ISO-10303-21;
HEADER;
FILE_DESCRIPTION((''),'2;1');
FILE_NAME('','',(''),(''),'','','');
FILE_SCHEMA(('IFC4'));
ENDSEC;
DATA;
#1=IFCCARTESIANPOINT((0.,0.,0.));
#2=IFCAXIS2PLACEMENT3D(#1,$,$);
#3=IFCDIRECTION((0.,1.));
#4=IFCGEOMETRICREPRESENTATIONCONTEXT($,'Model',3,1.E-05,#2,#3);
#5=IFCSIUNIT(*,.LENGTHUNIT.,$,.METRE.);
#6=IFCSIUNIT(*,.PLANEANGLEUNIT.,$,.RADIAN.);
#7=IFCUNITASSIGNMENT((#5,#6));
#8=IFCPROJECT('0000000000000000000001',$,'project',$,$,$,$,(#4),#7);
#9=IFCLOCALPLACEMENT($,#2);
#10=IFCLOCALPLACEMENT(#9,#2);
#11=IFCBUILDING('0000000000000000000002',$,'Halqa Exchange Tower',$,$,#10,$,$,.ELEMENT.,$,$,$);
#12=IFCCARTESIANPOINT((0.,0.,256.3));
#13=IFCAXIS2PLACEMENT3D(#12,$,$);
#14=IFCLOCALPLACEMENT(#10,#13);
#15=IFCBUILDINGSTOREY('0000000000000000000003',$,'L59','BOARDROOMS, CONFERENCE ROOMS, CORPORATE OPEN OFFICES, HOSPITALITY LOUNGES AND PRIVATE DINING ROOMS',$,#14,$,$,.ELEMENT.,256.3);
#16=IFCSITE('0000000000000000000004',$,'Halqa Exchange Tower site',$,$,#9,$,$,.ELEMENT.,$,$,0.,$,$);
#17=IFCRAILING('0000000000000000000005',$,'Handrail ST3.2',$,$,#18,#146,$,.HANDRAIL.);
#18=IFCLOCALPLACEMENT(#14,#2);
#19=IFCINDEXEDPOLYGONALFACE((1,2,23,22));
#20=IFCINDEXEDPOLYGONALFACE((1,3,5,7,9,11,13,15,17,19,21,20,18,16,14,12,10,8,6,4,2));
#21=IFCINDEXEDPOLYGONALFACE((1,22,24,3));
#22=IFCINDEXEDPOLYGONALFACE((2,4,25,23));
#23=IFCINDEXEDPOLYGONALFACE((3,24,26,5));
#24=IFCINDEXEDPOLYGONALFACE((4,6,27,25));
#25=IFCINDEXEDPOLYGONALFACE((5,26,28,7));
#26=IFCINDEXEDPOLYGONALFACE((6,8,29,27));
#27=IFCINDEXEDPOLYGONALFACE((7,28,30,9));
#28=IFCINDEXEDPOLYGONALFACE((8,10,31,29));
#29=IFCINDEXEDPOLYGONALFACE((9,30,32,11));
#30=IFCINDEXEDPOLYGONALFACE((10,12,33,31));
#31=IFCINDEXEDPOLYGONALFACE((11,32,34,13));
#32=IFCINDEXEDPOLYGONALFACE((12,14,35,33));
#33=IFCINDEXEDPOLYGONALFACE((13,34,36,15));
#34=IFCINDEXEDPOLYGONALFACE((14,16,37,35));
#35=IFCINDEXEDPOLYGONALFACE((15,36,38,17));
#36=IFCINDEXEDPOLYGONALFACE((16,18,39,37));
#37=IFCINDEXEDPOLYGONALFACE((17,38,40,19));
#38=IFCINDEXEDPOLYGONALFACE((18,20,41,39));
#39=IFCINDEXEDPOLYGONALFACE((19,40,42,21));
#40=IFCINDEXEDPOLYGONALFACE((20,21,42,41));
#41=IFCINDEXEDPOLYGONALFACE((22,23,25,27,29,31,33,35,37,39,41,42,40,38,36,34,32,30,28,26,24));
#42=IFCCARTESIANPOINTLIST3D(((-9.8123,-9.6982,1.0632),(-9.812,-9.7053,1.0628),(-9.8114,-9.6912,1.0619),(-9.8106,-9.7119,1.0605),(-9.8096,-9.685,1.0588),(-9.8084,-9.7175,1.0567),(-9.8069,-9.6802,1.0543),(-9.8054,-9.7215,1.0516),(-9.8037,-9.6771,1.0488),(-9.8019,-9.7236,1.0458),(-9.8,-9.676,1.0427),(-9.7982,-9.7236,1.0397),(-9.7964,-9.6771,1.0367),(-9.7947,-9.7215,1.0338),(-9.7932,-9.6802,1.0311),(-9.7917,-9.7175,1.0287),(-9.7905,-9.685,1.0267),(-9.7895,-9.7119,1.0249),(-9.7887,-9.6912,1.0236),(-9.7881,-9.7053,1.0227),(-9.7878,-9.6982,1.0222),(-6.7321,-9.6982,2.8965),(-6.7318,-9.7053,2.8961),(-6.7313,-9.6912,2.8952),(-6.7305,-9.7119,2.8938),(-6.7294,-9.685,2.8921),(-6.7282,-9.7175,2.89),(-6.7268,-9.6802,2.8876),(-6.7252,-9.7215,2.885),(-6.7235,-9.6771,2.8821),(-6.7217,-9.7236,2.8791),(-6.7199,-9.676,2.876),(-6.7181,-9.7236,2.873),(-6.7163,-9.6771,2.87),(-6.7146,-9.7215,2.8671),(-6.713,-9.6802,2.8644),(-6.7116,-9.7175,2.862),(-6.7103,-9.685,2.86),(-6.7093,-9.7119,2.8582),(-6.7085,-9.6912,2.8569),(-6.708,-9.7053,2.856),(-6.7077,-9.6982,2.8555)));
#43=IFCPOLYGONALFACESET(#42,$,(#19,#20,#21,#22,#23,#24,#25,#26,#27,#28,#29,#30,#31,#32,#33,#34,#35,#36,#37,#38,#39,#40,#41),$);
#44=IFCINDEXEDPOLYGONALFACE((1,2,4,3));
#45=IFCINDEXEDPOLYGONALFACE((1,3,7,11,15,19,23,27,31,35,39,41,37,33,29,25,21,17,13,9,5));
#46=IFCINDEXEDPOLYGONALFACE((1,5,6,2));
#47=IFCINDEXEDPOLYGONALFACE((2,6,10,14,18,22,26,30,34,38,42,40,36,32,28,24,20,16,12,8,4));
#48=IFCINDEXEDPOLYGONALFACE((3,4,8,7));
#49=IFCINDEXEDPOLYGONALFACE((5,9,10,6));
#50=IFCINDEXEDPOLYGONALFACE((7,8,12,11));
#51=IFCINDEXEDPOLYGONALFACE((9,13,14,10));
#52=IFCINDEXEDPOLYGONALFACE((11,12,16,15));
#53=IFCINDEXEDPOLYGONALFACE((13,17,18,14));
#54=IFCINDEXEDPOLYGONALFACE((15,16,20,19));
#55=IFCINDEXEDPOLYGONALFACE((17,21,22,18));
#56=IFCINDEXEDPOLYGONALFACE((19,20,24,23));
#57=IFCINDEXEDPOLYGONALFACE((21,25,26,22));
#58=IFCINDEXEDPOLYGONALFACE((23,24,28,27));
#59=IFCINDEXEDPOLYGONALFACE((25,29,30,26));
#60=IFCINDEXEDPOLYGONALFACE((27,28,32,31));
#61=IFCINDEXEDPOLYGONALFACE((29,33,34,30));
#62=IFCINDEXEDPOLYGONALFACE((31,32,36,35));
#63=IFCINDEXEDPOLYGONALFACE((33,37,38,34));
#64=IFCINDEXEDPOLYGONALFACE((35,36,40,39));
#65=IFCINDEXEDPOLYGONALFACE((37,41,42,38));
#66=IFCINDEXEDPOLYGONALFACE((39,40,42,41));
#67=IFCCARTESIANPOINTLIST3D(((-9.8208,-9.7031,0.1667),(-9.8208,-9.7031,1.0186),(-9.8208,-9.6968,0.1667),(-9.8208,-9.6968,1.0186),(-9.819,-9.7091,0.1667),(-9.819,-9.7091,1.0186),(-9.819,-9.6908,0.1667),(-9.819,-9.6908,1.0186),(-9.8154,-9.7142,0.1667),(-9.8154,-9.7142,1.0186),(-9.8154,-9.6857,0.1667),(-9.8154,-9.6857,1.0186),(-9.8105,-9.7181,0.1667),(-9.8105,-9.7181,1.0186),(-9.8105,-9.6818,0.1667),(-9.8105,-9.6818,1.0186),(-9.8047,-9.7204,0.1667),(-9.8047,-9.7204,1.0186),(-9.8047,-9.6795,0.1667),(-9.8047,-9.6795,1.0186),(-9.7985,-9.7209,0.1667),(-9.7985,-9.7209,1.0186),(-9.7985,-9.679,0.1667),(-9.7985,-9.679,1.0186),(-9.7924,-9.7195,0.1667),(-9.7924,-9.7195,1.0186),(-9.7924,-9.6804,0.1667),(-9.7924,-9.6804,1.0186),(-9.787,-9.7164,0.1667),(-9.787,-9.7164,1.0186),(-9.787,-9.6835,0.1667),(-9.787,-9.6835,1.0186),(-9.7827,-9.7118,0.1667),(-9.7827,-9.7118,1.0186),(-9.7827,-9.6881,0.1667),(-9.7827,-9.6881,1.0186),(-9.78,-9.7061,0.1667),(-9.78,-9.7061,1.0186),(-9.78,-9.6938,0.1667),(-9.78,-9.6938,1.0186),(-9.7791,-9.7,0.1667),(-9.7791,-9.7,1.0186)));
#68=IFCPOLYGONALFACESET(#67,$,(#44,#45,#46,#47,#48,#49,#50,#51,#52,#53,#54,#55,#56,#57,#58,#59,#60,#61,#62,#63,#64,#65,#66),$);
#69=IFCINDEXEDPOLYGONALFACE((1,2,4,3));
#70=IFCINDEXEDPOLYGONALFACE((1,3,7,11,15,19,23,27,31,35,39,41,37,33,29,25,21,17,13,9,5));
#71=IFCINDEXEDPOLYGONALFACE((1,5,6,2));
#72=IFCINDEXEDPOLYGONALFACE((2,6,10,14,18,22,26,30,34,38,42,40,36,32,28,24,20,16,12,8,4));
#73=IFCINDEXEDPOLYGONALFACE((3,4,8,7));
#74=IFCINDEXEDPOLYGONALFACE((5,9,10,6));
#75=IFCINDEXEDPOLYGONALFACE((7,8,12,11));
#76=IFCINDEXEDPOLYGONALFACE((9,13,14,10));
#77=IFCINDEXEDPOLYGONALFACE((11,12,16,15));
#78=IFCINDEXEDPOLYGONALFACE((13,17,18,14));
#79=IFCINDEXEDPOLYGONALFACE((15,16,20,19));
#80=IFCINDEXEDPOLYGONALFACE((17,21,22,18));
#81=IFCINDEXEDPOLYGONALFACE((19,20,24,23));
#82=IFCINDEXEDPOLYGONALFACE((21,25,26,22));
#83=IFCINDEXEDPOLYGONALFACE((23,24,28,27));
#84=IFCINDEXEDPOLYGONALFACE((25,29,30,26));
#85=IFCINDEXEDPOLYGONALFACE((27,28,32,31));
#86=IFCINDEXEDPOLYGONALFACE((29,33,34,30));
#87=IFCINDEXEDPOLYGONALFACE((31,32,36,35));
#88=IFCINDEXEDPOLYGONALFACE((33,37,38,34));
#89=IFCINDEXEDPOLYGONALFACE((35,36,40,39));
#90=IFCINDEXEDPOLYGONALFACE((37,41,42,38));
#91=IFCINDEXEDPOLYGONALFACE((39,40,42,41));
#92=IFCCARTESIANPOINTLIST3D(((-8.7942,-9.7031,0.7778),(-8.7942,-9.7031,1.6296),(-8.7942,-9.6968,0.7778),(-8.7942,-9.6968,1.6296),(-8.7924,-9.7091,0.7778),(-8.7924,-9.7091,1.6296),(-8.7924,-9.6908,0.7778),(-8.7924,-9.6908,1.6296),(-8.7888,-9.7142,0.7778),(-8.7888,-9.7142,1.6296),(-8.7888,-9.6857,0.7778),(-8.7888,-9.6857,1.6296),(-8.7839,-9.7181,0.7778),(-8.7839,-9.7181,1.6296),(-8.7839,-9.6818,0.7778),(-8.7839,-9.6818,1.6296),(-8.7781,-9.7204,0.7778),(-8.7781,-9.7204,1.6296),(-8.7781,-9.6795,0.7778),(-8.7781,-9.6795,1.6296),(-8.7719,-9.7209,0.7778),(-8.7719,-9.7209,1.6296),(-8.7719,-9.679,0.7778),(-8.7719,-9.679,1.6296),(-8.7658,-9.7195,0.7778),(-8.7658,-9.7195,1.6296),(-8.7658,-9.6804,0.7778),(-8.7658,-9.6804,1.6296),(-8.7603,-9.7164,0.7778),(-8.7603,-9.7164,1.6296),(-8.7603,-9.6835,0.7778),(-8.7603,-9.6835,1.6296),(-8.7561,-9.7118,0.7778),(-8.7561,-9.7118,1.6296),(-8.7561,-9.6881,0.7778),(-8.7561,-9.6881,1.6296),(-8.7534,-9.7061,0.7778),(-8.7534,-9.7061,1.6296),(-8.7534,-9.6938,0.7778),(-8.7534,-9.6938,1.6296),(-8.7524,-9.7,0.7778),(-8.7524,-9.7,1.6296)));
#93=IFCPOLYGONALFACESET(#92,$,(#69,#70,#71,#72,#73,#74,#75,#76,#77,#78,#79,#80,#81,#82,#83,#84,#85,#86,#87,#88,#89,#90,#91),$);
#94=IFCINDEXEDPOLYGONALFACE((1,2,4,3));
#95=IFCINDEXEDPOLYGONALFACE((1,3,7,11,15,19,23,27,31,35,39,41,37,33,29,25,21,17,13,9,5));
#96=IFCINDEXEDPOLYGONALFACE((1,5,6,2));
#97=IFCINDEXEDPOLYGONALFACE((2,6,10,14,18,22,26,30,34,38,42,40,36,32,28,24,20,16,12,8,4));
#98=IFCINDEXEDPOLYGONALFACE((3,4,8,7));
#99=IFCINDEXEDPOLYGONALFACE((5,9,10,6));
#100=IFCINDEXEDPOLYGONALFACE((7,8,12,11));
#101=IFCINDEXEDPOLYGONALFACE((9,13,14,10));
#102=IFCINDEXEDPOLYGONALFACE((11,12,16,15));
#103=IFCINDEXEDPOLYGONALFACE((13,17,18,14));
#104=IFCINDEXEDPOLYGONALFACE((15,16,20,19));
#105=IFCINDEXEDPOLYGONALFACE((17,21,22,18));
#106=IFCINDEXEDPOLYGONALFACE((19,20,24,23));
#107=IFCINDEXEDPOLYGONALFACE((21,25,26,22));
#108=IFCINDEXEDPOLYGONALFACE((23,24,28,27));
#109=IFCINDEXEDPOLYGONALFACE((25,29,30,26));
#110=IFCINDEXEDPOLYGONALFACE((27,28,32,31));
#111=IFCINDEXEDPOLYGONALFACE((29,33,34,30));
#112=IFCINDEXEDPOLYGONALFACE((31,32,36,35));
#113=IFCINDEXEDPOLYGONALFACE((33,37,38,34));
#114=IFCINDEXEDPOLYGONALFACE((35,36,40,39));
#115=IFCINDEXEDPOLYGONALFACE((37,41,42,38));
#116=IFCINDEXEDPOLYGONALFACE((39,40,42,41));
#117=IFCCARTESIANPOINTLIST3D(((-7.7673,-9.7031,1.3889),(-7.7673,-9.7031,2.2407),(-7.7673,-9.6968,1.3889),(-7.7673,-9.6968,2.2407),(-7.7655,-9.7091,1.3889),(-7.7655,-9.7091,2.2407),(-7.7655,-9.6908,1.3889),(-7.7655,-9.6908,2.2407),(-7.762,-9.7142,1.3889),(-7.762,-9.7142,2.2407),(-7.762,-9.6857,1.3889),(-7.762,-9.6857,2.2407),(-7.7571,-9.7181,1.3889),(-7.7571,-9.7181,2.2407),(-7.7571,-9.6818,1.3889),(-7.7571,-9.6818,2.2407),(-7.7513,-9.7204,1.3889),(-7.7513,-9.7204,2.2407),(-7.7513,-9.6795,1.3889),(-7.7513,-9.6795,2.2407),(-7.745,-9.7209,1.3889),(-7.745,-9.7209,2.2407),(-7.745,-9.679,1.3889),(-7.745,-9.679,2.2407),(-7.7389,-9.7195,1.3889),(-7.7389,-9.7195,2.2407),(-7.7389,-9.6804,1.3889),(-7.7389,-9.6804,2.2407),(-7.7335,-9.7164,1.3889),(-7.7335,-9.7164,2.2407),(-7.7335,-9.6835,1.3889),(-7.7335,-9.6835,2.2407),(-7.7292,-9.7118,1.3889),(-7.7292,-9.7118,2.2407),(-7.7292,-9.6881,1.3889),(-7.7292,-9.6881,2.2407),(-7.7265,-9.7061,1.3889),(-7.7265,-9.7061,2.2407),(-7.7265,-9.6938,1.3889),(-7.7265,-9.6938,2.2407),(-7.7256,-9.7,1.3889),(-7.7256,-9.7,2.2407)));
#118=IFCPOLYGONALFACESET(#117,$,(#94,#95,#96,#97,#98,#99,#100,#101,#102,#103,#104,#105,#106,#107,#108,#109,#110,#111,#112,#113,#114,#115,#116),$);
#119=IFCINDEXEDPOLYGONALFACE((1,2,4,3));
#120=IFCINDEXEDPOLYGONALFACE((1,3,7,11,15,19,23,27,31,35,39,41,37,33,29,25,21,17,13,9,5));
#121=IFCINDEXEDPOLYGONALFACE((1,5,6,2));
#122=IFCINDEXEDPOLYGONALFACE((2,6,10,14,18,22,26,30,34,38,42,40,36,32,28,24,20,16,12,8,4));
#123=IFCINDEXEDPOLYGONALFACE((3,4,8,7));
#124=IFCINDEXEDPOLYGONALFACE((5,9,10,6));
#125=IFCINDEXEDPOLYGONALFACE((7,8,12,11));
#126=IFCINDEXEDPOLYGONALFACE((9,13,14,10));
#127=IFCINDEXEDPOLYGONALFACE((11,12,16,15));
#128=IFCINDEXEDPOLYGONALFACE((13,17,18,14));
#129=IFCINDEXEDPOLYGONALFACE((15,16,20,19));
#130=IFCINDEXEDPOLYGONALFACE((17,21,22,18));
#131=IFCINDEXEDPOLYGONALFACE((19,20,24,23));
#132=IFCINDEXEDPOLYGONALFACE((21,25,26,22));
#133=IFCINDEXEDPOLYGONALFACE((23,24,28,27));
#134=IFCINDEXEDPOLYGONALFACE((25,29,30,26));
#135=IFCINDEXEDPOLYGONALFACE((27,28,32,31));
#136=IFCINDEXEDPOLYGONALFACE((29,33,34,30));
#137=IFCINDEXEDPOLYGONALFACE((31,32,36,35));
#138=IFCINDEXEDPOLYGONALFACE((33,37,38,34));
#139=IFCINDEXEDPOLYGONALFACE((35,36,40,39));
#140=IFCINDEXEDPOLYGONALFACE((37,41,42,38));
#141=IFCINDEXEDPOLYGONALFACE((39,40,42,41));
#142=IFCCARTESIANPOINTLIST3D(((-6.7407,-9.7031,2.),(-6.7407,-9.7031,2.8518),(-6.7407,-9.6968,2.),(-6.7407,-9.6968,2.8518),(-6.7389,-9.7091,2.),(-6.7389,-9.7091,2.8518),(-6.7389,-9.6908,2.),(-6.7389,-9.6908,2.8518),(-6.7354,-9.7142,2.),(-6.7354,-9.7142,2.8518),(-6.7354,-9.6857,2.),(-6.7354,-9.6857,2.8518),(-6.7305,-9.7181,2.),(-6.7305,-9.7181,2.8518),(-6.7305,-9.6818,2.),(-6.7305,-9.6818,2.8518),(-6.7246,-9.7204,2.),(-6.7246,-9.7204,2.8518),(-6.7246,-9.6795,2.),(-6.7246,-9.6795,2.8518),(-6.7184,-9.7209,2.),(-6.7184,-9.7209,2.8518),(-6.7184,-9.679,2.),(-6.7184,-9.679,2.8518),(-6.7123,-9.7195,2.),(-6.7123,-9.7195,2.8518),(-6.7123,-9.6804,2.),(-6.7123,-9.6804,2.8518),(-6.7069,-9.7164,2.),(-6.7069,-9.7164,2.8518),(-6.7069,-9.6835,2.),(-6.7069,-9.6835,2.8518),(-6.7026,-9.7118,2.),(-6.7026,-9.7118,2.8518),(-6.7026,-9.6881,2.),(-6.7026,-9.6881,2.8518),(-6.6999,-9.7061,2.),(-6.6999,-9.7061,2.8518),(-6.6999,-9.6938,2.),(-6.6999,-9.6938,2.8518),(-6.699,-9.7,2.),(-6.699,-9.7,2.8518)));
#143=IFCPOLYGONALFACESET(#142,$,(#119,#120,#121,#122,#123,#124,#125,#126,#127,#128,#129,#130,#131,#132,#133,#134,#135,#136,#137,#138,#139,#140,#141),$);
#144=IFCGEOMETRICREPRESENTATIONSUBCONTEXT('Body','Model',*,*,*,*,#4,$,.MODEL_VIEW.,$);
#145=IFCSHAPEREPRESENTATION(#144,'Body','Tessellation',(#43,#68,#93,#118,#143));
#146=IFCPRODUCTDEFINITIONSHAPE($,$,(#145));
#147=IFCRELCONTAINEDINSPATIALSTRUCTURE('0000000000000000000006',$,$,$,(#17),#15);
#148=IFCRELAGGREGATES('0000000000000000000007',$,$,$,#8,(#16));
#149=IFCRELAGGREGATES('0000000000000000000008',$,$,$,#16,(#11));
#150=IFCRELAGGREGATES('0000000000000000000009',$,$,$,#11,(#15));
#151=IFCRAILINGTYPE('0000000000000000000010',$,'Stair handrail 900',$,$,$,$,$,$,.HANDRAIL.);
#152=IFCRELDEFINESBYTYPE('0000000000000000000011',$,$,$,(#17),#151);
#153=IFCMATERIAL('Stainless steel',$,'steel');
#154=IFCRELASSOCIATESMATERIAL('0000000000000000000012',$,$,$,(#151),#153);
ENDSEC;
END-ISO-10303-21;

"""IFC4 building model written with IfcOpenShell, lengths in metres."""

from ifc_helpers import new_model, si_unit, direction, frame, origin, origin_2d, place, context, subcontext, project, spatial, circle, extrude, material, type_object, element, save


model = new_model("IFC4")

# Units and contexts
model_context = context("Model", 3, precision=1e-05, world=origin(), true_north=direction((0.0, 1.0)))
body_context = subcontext(model_context, "Body", "Model", "MODEL_VIEW")
ifc_project = project(units=[si_unit("LENGTHUNIT", "METRE"), si_unit("PLANEANGLEUNIT", "RADIAN")], contexts=[model_context])

# Site, building, storey
site_placement = place(None, origin())
site = spatial("IfcSite", under=ifc_project, at=site_placement, Name="Halqa Exchange Tower site", CompositionType="ELEMENT", RefElevation=0.0)
building_placement = place(site_placement, origin())
building = spatial("IfcBuilding", under=site, at=building_placement, Name="Halqa Exchange Tower", CompositionType="ELEMENT")
storey_placement = place(building_placement, frame((0.0, 0.0, 256.3)))
storey = spatial("IfcBuildingStorey", under=building, at=storey_placement, Name="L59", Description="BOARDROOMS, CONFERENCE ROOMS, CORPORATE OPEN OFFICES, HOSPITALITY LOUNGES AND PRIVATE DINING ROOMS", CompositionType="ELEMENT", Elevation=256.3)

# Shared definitions
ifc_material_1 = material(Name="Stainless steel", Category="steel")

# Railing
railing_type_1 = type_object("IfcRailingType", Name="Stair handrail 900", PredefinedType="HANDRAIL", material=ifc_material_1)
railing_1_placement = place(storey_placement, frame((-9.8, -9.7, 0.1667)))
element("IfcRailing", 1, at=railing_1_placement, inside=storey, type_object=railing_type_1, Name="Handrail ST3.2", PredefinedType="HANDRAIL", context=body_context, shape_type="SweptSolid", body=[
    extrude(circle(Radius=0.0239, at=origin_2d()), frame((0.0, 0.0, 0.876), z_axis=(0.859309, 0.0, 0.511458), x_axis=(0.0, 1.0, 0.0)), (0.0, 0.0, 1.0), 3.5845),
    extrude(circle(Radius=0.021, at=origin_2d()), origin(), (0.0, 0.0, 1.0), 0.8518),
    extrude(circle(Radius=0.021, at=origin_2d()), frame((1.0266, 0.0, 0.6111)), (0.0, 0.0, 1.0), 0.8518),
    extrude(circle(Radius=0.021, at=origin_2d()), frame((2.0535, 0.0, 1.2222)), (0.0, 0.0, 1.0), 0.8518),
    extrude(circle(Radius=0.021, at=origin_2d()), frame((3.0801, 0.0, 1.8333)), (0.0, 0.0, 1.0), 0.8518),
])

save(model, "model.ifc")
